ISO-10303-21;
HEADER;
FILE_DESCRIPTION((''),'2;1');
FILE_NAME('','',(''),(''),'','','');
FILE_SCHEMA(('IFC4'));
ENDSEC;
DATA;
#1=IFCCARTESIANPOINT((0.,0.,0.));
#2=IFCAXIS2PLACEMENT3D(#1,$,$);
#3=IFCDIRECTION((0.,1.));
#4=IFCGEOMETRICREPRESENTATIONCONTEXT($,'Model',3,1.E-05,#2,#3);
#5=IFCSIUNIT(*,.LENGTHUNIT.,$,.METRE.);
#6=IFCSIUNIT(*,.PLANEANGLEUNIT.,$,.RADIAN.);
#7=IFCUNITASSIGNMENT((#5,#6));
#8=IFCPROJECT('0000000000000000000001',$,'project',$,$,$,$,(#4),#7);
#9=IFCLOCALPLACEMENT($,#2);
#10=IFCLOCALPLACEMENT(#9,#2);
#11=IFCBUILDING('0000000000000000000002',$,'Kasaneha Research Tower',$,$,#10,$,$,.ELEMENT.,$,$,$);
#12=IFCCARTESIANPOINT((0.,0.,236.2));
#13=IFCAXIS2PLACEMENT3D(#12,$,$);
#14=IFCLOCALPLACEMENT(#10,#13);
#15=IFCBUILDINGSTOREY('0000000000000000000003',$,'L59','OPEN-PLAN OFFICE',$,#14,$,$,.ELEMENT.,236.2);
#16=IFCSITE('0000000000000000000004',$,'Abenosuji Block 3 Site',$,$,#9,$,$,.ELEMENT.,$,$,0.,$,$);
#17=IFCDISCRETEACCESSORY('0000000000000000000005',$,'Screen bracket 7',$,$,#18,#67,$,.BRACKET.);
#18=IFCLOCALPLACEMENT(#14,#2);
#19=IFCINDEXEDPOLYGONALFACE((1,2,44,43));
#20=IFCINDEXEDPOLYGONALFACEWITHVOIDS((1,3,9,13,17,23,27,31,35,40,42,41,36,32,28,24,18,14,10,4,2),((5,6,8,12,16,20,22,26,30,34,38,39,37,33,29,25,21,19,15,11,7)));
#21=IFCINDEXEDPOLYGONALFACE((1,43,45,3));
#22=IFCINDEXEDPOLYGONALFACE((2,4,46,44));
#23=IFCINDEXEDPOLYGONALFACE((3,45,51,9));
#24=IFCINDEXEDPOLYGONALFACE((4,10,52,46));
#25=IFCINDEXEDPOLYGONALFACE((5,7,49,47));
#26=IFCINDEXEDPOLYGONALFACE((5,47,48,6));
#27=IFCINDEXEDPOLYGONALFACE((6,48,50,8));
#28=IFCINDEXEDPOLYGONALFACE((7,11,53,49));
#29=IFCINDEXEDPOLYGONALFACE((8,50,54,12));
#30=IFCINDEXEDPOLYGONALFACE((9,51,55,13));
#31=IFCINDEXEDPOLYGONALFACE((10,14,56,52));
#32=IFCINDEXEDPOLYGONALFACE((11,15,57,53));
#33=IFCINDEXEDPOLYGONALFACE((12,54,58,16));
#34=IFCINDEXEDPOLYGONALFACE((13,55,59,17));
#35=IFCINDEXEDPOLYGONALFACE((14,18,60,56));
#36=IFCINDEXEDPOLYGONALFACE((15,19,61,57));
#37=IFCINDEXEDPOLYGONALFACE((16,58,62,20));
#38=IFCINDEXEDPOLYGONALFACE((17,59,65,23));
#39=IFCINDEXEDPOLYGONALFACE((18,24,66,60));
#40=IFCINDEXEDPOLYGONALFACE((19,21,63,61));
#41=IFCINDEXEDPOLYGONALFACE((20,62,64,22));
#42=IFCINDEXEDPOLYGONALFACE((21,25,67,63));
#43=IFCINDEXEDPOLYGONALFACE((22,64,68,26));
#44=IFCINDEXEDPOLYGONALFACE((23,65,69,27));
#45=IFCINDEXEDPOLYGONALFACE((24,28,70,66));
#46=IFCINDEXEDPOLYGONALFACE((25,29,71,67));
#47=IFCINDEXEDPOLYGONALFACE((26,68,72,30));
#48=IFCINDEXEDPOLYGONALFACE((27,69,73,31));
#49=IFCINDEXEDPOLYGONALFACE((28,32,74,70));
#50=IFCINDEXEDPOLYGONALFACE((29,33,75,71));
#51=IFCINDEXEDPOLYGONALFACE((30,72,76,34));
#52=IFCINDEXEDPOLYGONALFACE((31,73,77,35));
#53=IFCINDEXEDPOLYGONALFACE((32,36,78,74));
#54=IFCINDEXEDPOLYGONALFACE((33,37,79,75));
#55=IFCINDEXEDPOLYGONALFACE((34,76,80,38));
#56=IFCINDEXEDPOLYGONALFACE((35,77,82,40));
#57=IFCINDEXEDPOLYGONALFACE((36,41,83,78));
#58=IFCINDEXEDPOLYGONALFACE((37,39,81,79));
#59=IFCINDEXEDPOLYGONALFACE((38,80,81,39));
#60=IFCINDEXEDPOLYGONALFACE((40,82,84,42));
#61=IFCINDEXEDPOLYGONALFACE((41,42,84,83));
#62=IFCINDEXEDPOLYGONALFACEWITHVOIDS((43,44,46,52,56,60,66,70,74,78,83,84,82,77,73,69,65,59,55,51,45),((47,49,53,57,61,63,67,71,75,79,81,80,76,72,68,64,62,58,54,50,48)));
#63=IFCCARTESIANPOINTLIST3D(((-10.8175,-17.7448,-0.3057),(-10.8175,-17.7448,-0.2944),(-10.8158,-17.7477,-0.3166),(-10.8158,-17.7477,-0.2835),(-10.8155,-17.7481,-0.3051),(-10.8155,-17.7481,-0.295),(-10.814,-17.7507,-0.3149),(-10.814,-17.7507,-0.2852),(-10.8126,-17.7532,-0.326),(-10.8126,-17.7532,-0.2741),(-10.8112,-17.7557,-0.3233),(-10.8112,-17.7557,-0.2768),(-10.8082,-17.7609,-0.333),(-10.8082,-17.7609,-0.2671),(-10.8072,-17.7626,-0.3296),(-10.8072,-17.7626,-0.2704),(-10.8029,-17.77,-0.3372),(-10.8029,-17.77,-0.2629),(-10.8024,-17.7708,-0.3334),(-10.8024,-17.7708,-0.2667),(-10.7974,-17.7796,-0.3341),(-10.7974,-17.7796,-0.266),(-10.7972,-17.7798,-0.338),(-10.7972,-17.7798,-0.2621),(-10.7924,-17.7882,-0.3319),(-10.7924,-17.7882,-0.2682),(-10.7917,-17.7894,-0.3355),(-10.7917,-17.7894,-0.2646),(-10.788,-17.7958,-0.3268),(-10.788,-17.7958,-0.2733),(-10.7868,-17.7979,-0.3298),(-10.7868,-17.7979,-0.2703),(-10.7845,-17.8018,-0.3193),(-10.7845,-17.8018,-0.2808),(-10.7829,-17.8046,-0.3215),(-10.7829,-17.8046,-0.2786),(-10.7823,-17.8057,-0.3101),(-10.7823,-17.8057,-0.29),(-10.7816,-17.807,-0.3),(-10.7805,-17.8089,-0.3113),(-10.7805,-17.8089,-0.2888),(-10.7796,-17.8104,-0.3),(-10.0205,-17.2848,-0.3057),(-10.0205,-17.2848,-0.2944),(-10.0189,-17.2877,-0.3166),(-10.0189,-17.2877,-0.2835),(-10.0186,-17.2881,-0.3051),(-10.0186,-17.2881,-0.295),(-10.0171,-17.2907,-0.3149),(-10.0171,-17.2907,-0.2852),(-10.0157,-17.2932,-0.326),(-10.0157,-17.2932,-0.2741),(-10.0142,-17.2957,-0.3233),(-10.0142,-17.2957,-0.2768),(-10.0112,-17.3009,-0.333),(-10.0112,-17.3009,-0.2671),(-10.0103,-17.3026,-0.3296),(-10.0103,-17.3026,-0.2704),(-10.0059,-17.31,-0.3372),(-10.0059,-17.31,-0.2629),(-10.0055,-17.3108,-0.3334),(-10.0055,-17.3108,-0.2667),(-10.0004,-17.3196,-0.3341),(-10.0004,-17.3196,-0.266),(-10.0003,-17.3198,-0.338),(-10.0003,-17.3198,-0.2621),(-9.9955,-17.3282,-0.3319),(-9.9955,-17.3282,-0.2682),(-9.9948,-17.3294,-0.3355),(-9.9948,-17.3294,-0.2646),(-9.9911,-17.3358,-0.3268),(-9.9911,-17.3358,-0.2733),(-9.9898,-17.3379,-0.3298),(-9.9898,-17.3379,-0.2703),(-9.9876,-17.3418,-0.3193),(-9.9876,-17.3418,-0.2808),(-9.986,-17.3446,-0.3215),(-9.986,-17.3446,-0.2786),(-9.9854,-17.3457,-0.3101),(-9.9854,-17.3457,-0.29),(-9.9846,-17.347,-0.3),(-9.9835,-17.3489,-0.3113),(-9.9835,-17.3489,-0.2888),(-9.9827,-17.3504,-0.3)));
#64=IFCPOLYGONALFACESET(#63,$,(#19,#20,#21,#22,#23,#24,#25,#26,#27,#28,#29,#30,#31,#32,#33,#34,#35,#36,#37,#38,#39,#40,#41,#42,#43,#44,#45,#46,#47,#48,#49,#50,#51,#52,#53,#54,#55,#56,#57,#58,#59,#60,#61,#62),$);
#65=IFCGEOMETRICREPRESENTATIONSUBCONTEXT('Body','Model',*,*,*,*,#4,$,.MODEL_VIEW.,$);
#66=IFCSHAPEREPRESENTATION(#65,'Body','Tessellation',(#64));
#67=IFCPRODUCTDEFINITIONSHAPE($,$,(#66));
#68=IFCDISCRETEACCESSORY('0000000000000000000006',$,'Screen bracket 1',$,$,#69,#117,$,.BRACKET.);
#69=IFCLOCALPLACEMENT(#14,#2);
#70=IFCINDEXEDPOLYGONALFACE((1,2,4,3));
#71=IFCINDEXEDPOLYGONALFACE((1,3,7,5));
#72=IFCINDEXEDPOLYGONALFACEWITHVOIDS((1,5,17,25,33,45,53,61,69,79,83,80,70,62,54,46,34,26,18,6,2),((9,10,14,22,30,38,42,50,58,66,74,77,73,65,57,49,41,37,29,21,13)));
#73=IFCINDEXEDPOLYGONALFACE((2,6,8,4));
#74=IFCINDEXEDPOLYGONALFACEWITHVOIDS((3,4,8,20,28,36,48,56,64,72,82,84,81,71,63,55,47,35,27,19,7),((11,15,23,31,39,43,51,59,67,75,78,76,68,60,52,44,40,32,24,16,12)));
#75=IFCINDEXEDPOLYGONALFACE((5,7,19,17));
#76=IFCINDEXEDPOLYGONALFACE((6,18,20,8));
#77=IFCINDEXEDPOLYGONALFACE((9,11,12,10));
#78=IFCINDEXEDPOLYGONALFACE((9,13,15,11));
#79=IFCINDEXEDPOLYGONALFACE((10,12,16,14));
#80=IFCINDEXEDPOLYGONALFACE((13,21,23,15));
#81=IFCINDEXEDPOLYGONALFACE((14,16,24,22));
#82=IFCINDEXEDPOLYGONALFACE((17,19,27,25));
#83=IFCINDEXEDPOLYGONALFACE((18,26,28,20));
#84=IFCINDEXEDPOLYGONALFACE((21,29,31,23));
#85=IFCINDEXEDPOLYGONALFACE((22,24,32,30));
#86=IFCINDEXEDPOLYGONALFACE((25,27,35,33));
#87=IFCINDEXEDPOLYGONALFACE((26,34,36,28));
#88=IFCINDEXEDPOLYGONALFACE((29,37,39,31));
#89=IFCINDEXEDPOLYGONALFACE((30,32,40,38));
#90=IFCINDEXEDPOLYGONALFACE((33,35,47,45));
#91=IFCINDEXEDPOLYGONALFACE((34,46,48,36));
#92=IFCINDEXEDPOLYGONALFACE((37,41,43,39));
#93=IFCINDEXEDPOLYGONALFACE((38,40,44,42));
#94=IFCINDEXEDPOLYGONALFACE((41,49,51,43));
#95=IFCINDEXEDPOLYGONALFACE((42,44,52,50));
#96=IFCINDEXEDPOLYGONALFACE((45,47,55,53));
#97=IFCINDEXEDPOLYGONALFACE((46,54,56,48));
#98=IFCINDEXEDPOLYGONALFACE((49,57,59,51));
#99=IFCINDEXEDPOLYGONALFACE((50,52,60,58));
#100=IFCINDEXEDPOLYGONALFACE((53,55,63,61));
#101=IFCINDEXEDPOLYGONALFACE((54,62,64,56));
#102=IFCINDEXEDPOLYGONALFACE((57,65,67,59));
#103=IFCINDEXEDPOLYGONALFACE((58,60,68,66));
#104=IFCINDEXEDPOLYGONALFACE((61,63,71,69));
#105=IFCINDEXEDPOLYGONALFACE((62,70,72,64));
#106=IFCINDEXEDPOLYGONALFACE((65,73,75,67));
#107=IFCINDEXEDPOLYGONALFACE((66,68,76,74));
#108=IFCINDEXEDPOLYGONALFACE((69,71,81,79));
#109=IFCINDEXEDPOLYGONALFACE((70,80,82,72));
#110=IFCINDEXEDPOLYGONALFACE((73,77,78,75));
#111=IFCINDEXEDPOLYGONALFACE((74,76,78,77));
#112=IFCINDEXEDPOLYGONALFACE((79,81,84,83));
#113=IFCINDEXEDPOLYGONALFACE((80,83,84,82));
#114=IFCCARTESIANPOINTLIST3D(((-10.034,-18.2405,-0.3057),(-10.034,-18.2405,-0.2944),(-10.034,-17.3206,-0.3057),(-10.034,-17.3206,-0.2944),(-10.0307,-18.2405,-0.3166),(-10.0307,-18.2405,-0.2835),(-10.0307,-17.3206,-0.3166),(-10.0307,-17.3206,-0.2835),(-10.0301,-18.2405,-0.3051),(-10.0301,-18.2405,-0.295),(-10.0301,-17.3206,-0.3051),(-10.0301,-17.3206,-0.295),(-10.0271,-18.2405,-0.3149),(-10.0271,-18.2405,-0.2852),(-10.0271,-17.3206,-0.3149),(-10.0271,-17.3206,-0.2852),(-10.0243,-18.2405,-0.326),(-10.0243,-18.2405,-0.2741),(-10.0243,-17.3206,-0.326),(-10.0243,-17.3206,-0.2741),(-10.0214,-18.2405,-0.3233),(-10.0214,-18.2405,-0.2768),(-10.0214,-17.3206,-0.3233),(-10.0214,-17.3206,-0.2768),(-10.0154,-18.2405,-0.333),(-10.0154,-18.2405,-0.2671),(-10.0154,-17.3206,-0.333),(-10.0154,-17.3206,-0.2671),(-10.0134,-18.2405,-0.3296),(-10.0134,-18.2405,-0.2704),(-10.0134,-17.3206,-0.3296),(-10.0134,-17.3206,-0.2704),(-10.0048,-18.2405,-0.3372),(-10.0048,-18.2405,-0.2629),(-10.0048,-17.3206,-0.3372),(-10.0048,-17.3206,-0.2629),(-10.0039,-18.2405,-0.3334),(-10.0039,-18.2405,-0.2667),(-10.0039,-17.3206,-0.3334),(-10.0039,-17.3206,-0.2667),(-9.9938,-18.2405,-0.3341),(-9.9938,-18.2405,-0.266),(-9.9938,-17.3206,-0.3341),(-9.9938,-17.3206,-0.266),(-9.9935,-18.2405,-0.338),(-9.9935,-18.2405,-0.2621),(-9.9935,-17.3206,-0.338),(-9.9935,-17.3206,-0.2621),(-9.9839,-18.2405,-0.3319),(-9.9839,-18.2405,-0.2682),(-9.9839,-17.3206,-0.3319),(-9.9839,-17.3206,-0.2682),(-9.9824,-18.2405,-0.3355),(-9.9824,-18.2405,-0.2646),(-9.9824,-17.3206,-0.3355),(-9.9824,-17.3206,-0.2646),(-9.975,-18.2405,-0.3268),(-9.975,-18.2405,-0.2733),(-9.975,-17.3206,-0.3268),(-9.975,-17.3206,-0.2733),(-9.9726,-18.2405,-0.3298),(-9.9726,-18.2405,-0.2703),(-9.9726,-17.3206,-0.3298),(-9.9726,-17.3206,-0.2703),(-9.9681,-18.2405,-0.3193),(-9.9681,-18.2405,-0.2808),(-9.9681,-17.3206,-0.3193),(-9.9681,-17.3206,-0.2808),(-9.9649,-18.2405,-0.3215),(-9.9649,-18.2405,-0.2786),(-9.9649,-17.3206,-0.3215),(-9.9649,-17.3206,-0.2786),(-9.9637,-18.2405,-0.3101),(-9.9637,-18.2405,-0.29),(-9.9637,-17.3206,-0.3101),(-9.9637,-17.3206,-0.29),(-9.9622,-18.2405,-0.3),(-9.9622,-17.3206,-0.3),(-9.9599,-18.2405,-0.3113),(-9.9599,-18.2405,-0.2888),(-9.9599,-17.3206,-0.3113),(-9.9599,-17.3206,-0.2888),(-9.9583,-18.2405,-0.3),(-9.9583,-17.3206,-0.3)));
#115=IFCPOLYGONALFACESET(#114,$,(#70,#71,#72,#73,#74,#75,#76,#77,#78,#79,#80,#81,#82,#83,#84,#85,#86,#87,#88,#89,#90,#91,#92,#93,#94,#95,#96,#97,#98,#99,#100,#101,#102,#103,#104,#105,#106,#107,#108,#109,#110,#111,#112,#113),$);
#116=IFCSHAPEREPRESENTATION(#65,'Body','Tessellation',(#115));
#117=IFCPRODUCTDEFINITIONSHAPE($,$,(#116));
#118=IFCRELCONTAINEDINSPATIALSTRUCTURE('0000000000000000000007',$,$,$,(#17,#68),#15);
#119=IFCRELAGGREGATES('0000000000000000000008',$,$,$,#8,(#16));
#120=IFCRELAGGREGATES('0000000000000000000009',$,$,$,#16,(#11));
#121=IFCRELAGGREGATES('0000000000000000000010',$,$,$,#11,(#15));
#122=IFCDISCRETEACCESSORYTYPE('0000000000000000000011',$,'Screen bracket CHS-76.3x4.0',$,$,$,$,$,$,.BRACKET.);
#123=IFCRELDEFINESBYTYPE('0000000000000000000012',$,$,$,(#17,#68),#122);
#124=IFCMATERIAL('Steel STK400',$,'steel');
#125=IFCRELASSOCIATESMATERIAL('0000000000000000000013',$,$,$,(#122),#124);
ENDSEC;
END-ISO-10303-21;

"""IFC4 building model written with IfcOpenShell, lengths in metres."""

from ifc_helpers import new_model, si_unit, direction, frame, origin, origin_2d, place, context, subcontext, project, spatial, hollow_circle, extrude, material, material_profile, profile_set, type_object, element, save


model = new_model("IFC4")

# Units and contexts
model_context = context("Model", 3, precision=1e-05, world=origin(), true_north=direction((0.0, 1.0)))
body_context = subcontext(model_context, "Body", "Model", "MODEL_VIEW")
ifc_project = project(units=[si_unit("LENGTHUNIT", "METRE"), si_unit("PLANEANGLEUNIT", "RADIAN")], contexts=[model_context])

# Site, building, storey
site_placement = place(None, origin())
site = spatial("IfcSite", under=ifc_project, at=site_placement, Name="Abenosuji Block 3 Site", CompositionType="ELEMENT", RefElevation=0.0)
building_placement = place(site_placement, origin())
building = spatial("IfcBuilding", under=site, at=building_placement, Name="Kasaneha Research Tower", CompositionType="ELEMENT")
storey_placement = place(building_placement, frame((0.0, 0.0, 236.2)))
storey = spatial("IfcBuildingStorey", under=building, at=storey_placement, Name="L59", Description="OPEN-PLAN OFFICE", CompositionType="ELEMENT", Elevation=236.2)

# Discrete accessories
ifc_material_1 = material(Name="Steel STK400", Category="steel")
ifc_material_profile_1 = material_profile(ifc_material_1, hollow_circle(Radius=0.0381, WallThickness=0.0039, at=origin_2d()), Name="CHS-76.3x4.0")
ifc_profile_set_1 = profile_set([ifc_material_profile_1], Name="Steel STK400")
discrete_accessory_type = type_object("IfcDiscreteAccessoryType", Name="Screen bracket CHS-76.3x4.0", PredefinedType="BRACKET", material=ifc_profile_set_1)
discrete_accessory_1_placement = place(storey_placement, frame((-10.0017, -17.3174, -0.3), z_axis=(-0.86608, -0.499906, 0.0), x_axis=(0.499906, -0.86608, 0.0)))
element("IfcDiscreteAccessory", 1, at=discrete_accessory_1_placement, inside=storey, type_object=discrete_accessory_type, Name="Screen bracket 7", PredefinedType="BRACKET", context=body_context, shape_type="SweptSolid", body=[
    extrude(hollow_circle(Radius=0.0381, WallThickness=0.0039, at=origin_2d()), origin(), (0.0, 0.0, 1.0), 0.9202),
])
discrete_accessory_2_placement = place(storey_placement, frame((-9.9963, -17.3206, -0.3), z_axis=(0.0, -1.0, 0.0), x_axis=(1.0, 0.0, 0.0)))
element("IfcDiscreteAccessory", 2, at=discrete_accessory_2_placement, inside=storey, type_object=discrete_accessory_type, Name="Screen bracket 1", PredefinedType="BRACKET", context=body_context, shape_type="SweptSolid", body=[
    extrude(hollow_circle(Radius=0.0381, WallThickness=0.0039, at=origin_2d()), origin(), (0.0, 0.0, 1.0), 0.9199),
])

save(model, "model.ifc")
